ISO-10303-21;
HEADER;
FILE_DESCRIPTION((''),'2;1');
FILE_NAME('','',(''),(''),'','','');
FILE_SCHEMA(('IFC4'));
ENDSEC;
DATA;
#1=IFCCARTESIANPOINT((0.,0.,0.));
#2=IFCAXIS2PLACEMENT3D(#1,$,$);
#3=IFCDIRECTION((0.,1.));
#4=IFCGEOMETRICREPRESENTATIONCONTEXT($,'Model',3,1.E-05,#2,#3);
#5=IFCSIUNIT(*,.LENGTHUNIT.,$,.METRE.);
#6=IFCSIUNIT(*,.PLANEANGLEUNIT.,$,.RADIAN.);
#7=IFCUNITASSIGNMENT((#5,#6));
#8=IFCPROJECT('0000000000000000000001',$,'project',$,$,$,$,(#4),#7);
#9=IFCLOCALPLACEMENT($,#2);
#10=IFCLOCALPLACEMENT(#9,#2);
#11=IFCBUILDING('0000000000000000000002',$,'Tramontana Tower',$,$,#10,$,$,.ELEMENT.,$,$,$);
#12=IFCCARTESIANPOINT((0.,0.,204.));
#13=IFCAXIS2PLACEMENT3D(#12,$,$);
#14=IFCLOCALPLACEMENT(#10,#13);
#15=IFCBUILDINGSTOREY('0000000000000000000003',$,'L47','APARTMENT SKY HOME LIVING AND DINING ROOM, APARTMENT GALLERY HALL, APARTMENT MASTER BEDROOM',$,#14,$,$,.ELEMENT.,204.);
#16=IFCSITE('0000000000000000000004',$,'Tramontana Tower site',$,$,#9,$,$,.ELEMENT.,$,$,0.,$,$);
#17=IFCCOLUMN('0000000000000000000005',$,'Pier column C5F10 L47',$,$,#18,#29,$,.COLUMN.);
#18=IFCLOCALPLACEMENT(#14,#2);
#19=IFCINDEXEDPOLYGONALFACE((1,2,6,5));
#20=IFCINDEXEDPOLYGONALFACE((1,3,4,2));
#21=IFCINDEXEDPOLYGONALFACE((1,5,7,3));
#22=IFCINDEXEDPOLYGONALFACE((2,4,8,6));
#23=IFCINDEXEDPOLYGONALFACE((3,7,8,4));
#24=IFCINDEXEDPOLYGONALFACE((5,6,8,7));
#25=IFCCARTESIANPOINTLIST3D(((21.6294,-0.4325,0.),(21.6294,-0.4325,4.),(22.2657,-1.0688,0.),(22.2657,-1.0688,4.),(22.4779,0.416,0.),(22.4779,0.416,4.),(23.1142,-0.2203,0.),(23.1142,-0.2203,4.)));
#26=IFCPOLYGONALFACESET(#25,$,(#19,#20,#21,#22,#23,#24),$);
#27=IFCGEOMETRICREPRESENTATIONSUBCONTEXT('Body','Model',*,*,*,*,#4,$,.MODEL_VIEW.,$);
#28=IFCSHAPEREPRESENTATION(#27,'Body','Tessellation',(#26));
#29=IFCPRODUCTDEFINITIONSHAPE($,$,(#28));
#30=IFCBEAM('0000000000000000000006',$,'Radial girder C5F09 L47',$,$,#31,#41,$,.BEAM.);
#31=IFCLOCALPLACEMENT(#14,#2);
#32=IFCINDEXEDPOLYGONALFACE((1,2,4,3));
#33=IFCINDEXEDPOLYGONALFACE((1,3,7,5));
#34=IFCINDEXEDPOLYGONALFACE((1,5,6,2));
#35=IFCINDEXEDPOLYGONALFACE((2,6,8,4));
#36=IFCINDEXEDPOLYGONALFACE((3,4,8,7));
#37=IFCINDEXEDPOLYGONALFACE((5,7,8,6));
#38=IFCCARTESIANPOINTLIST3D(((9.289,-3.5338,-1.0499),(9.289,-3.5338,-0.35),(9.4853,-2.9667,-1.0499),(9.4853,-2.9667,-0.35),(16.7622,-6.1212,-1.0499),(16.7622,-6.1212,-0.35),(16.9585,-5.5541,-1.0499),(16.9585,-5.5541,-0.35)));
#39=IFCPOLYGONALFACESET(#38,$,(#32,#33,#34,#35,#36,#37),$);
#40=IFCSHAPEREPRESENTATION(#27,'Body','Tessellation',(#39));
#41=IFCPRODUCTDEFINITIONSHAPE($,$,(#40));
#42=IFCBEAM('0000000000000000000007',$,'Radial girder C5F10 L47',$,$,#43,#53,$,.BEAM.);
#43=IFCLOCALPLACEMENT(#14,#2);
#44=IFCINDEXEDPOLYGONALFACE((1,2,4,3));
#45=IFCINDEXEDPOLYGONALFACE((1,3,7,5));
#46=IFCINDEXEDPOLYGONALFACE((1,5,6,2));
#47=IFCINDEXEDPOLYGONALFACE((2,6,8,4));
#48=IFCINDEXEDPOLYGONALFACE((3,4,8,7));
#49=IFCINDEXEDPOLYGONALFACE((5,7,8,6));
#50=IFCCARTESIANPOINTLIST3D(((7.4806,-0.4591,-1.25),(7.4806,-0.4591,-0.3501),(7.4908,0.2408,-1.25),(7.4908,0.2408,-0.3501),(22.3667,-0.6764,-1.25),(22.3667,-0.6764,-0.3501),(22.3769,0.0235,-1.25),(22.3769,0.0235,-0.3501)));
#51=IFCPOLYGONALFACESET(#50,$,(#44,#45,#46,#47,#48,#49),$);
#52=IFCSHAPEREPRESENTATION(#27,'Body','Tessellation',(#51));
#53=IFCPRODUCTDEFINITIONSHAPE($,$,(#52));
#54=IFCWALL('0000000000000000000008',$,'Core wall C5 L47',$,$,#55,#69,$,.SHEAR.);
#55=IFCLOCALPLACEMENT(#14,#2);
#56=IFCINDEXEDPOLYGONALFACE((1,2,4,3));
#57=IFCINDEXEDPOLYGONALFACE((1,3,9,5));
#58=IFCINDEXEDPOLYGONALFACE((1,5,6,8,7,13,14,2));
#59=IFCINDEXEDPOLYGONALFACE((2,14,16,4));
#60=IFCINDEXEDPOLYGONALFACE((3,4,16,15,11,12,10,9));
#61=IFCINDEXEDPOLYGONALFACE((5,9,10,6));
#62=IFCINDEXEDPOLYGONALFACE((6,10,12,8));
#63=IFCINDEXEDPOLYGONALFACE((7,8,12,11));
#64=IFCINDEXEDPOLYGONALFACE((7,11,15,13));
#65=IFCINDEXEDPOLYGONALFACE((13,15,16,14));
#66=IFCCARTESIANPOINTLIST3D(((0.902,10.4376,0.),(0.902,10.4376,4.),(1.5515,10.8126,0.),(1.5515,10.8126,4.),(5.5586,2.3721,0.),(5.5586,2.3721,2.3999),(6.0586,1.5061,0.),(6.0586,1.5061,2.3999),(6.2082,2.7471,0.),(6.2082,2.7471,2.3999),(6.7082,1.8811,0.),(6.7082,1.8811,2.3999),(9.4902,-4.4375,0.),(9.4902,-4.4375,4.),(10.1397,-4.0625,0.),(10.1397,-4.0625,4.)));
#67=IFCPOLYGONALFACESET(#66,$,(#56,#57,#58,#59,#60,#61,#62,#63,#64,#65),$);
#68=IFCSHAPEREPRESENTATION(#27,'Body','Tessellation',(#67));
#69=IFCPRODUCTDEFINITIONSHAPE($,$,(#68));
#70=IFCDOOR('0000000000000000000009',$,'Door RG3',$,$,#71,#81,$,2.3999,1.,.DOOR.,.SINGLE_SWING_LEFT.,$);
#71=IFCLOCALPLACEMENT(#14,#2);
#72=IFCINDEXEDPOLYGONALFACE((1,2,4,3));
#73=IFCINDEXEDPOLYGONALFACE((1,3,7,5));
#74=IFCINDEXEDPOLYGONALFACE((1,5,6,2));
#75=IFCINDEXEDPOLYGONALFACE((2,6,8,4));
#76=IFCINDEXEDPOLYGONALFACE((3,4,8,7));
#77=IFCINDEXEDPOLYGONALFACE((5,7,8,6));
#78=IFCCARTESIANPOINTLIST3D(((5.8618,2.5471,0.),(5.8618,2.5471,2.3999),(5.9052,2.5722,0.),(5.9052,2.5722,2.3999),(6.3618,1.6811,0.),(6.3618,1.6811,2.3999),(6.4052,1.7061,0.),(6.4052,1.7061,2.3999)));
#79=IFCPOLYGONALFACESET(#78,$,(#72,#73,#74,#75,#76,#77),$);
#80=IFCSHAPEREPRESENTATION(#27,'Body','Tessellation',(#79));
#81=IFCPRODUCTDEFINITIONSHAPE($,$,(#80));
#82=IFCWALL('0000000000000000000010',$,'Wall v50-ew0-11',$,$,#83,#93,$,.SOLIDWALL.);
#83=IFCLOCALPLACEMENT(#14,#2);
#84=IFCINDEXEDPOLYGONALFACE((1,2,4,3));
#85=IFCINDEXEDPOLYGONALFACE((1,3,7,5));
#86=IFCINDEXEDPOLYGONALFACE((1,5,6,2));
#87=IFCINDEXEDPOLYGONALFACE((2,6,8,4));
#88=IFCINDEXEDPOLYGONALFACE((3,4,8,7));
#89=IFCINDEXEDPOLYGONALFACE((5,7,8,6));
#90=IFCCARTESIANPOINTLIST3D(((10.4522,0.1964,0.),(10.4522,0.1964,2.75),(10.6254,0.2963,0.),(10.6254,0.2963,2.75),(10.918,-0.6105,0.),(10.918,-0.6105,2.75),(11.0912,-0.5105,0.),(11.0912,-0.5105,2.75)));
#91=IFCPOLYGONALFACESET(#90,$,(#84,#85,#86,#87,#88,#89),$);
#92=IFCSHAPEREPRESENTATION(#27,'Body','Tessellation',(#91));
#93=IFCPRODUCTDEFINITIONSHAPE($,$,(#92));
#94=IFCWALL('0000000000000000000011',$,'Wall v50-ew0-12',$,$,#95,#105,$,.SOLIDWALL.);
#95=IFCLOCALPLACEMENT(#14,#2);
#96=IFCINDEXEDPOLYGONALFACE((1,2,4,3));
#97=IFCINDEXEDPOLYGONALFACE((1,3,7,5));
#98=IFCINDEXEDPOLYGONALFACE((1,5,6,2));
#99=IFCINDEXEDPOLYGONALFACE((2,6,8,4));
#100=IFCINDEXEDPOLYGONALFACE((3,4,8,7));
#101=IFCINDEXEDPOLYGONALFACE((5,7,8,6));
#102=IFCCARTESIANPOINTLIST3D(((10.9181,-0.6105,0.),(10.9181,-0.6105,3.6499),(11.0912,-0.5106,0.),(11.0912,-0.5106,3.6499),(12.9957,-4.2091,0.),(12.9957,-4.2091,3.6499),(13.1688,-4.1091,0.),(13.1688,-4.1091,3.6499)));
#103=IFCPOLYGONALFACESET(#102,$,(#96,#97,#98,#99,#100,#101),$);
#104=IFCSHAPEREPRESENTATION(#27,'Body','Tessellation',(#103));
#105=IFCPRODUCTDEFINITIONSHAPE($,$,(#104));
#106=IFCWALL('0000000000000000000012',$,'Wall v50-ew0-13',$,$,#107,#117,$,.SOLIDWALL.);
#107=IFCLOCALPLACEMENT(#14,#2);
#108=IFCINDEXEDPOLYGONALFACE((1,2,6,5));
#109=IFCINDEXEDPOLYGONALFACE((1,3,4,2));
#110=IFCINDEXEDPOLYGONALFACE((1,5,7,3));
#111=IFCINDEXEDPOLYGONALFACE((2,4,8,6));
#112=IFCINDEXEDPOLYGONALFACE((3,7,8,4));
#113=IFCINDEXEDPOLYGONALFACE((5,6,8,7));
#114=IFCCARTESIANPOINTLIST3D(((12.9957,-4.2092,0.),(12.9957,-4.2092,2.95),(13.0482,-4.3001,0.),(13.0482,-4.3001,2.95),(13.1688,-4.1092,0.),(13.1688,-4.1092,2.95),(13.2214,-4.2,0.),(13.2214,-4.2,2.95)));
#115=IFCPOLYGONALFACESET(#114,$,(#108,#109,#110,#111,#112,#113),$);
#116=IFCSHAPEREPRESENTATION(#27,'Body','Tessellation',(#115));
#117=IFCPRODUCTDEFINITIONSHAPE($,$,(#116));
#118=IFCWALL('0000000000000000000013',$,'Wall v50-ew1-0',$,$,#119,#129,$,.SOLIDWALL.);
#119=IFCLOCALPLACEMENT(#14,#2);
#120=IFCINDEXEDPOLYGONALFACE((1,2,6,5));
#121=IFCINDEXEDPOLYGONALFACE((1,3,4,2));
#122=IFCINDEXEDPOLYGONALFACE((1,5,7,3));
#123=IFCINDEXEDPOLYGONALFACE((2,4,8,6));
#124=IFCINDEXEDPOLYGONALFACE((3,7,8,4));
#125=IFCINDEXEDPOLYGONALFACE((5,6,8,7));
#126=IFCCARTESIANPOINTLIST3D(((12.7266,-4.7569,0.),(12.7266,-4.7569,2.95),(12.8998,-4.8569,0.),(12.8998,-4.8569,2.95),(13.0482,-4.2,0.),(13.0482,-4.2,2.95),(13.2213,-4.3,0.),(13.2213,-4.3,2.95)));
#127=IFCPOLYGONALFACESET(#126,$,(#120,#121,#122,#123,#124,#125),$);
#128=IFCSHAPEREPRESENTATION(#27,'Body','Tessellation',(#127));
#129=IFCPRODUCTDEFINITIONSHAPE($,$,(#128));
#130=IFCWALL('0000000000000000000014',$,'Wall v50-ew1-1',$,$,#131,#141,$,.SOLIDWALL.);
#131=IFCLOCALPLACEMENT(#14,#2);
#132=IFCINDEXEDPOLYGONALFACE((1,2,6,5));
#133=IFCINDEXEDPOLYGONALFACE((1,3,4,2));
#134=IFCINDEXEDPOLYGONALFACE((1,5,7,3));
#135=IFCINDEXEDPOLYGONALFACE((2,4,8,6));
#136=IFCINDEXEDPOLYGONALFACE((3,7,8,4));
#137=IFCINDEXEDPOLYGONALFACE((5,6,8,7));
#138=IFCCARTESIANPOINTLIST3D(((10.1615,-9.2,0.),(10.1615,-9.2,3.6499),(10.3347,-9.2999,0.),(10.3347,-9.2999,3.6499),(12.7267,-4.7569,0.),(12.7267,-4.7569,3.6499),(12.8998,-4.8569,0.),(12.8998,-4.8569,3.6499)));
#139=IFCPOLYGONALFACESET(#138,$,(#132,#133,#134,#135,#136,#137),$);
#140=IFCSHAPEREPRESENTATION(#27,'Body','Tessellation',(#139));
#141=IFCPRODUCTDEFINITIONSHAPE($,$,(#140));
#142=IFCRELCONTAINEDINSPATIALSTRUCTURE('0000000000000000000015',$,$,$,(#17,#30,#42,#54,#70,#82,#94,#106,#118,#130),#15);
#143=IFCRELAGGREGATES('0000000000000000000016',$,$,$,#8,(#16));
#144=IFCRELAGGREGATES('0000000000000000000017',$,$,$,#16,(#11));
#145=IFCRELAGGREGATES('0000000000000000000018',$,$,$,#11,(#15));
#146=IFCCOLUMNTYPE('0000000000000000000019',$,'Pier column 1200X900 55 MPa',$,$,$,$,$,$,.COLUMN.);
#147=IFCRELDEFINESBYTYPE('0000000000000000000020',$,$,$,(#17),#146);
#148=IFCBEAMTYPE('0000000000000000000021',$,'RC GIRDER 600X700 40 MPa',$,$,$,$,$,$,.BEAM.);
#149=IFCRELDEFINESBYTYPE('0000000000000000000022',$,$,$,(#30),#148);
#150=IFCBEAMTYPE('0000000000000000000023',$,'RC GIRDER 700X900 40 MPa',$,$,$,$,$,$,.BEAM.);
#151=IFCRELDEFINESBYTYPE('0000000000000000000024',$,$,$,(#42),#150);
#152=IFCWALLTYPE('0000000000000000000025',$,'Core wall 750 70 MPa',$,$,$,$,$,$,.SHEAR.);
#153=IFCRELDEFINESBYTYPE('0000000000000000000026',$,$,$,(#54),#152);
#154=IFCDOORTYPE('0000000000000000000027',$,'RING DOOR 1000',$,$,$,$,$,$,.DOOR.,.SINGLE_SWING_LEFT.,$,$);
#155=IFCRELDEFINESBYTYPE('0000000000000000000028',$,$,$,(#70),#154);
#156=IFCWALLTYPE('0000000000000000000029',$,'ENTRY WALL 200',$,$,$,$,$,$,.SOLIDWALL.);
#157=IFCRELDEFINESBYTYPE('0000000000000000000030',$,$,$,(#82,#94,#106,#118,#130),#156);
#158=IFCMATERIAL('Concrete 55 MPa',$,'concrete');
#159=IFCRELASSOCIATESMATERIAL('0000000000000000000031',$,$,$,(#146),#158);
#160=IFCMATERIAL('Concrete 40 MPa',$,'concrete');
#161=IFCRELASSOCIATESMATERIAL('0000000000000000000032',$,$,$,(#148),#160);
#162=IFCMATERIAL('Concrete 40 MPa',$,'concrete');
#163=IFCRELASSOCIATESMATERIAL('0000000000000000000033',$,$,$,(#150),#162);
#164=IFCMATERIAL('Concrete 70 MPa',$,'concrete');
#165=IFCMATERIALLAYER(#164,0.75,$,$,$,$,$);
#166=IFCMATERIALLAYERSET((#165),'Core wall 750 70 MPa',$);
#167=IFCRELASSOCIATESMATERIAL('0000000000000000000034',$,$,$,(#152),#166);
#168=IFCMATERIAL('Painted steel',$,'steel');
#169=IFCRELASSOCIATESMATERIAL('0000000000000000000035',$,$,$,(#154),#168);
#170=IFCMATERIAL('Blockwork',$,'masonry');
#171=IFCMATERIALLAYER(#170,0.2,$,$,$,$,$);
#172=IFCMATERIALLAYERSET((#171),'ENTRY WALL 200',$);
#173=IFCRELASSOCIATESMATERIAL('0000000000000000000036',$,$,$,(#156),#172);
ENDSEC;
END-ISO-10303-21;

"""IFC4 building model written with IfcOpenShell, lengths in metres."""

from ifc_helpers import new_model, si_unit, direction, frame, frame_2d, origin, origin_2d, place, context, subcontext, project, spatial, rectangle, extrude, material, layer, layer_set, material_profile, profile_set, type_object, element, fill, save


model = new_model("IFC4")

# Units and contexts
model_context = context("Model", 3, precision=1e-05, world=origin(), true_north=direction((0.0, 1.0)))
body_context = subcontext(model_context, "Body", "Model", "MODEL_VIEW")
ifc_project = project(units=[si_unit("LENGTHUNIT", "METRE"), si_unit("PLANEANGLEUNIT", "RADIAN")], contexts=[model_context])

# Site, building, storey
site_placement = place(None, origin())
site = spatial("IfcSite", under=ifc_project, at=site_placement, Name="Tramontana Tower site", CompositionType="ELEMENT", RefElevation=0.0)
building_placement = place(site_placement, origin())
building = spatial("IfcBuilding", under=site, at=building_placement, Name="Tramontana Tower", CompositionType="ELEMENT")
storey_placement = place(building_placement, frame((0.0, 0.0, 204.0)))
storey = spatial("IfcBuildingStorey", under=building, at=storey_placement, Name="L47", Description="APARTMENT SKY HOME LIVING AND DINING ROOM, APARTMENT GALLERY HALL, APARTMENT MASTER BEDROOM", CompositionType="ELEMENT", Elevation=204.0)

# Column
ifc_material_1 = material(Name="Concrete 55 MPa", Category="concrete")
ifc_material_profile_1 = material_profile(ifc_material_1, rectangle(XDim=1.2, YDim=0.8999, at=origin_2d()), Name="Pier column 1200X900 55 MPa")
ifc_profile_set_1 = profile_set([ifc_material_profile_1], Name="Concrete 55 MPa")
column_type = type_object("IfcColumnType", Name="Pier column 1200X900 55 MPa", PredefinedType="COLUMN", material=ifc_profile_set_1)
column_placement = place(storey_placement, frame((22.3718, -0.3264, 0.0), z_axis=(0.0, 0.0, 1.0), x_axis=(0.707107, 0.707107, 0.0)))
element("IfcColumn", 1, at=column_placement, inside=storey, type_object=column_type, Name="Pier column C5F10 L47", PredefinedType="COLUMN", context=body_context, shape_type="SweptSolid", body=[
    extrude(rectangle(XDim=1.2, YDim=0.8999, at=origin_2d()), origin(), (0.0, 0.0, 1.0), 4.0),
])

# Beams
ifc_material_2 = material(Name="Concrete 40 MPa", Category="concrete")
ifc_material_profile_2 = material_profile(ifc_material_2, rectangle(XDim=0.6001, YDim=0.7, at=origin_2d()), Name="RC GIRDER 600X700 40 MPa")
ifc_profile_set_2 = profile_set([ifc_material_profile_2], Name="Concrete 40 MPa")
beam_type_1 = type_object("IfcBeamType", Name="RC GIRDER 600X700 40 MPa", PredefinedType="BEAM", material=ifc_profile_set_2)
beam_1_placement = place(storey_placement, frame((16.8604, -5.8376, -0.7), z_axis=(-0.944965, 0.327172, 0.0), x_axis=(-0.327172, -0.944965, 0.0)))
element("IfcBeam", 2, at=beam_1_placement, inside=storey, type_object=beam_type_1, Name="Radial girder C5F09 L47", PredefinedType="BEAM", context=body_context, shape_type="SweptSolid", body=[
    extrude(rectangle(XDim=0.6001, YDim=0.7, at=origin_2d()), origin(), (0.0, 0.0, 1.0), 7.9084),
])
ifc_material_3 = material(Name="Concrete 40 MPa", Category="concrete")
ifc_material_profile_3 = material_profile(ifc_material_3, rectangle(XDim=0.7, YDim=0.8999, at=origin_2d()), Name="RC GIRDER 700X900 40 MPa")
ifc_profile_set_3 = profile_set([ifc_material_profile_3], Name="Concrete 40 MPa")
beam_type_2 = type_object("IfcBeamType", Name="RC GIRDER 700X900 40 MPa", PredefinedType="BEAM", material=ifc_profile_set_3)
beam_2_placement = place(storey_placement, frame((22.3718, -0.3264, -0.8), z_axis=(-0.999893, 0.014595, 0.0), x_axis=(-0.014595, -0.999893, 0.0)))
element("IfcBeam", 3, at=beam_2_placement, inside=storey, type_object=beam_type_2, Name="Radial girder C5F10 L47", PredefinedType="BEAM", context=body_context, shape_type="SweptSolid", body=[
    extrude(rectangle(XDim=0.7, YDim=0.8999, at=origin_2d()), origin(), (0.0, 0.0, 1.0), 14.8877),
])

# Wall, opening, door
ifc_material_4 = material(Name="Concrete 70 MPa", Category="concrete")
ifc_layer_1 = layer(ifc_material_4, 0.75)
ifc_layer_set_1 = layer_set([ifc_layer_1], Name="Core wall 750 70 MPa")
wall_type_1 = type_object("IfcWallType", Name="Core wall 750 70 MPa", PredefinedType="SHEAR", material=ifc_layer_set_1)
wall_1_placement = place(storey_placement, frame((9.8149, -4.25, 0.0), z_axis=(0.0, 0.0, 1.0), x_axis=(-0.500002, 0.866024, 0.0)))
wall_1 = element("IfcWall", 4, at=wall_1_placement, inside=storey, type_object=wall_type_1, Name="Core wall C5 L47", PredefinedType="SHEAR", context=body_context, shape_type="SweptSolid", body=[
    extrude(rectangle(XDim=17.1763, YDim=0.75, at=frame_2d((8.5881, 0.0))), origin(), (0.0, 0.0, 1.0), 4.0),
])
opening_1_placement = place(wall_1_placement, frame((6.863, 0.0, 0.0)))
opening_1 = element("IfcOpeningElement", 5, at=opening_1_placement, cuts=wall_1, PredefinedType="OPENING", context=body_context, shape_type="SweptSolid", body=[
    extrude(rectangle(XDim=1.0, YDim=2.3999, at=frame_2d((0.5, 1.2))), frame((0.0, 0.385, 0.0), z_axis=(0.0, -1.0, 0.0), x_axis=(1.0, 0.0, 0.0)), (0.0, 0.0, 1.0), 0.77),
])
ifc_material_5 = material(Name="Painted steel", Category="steel")
door_type_1 = type_object("IfcDoorType", Name="RING DOOR 1000", OperationType="SINGLE_SWING_LEFT", PredefinedType="DOOR", material=ifc_material_5)
door_1_placement = place(opening_1_placement, origin())
door_1 = element("IfcDoor", 6, at=door_1_placement, inside=storey, type_object=door_type_1, Name="Door RG3", OperationType="SINGLE_SWING_LEFT", OverallHeight=2.3999, OverallWidth=1.0, PredefinedType="DOOR", context=body_context, shape_type="SweptSolid", body=[
    extrude(rectangle(XDim=1.0, YDim=2.3999, at=frame_2d((0.5, 1.2))), frame((0.0, 0.0249, 0.0), z_axis=(0.0, -1.0, 0.0), x_axis=(1.0, 0.0, 0.0)), (0.0, 0.0, 1.0), 0.05),
])
fill(opening_1, door_1)

# Walls
ifc_material_6 = material(Name="Blockwork", Category="masonry")
ifc_layer_2 = layer(ifc_material_6, 0.2)
ifc_layer_set_2 = layer_set([ifc_layer_2], Name="ENTRY WALL 200")
wall_type_2 = type_object("IfcWallType", Name="ENTRY WALL 200", PredefinedType="SOLIDWALL", material=ifc_layer_set_2)
wall_2_placement = place(storey_placement, frame((10.5388, 0.2463, 0.0), z_axis=(0.0, 0.0, 1.0), x_axis=(0.499972, -0.866042, 0.0)))
element("IfcWall", 7, at=wall_2_placement, inside=storey, type_object=wall_type_2, Name="Wall v50-ew0-11", PredefinedType="SOLIDWALL", context=body_context, shape_type="SweptSolid", body=[
    extrude(rectangle(XDim=0.9316, YDim=0.2, at=frame_2d((0.4658, 0.0))), origin(), (0.0, 0.0, 1.0), 2.75),
])
wall_3_placement = place(storey_placement, frame((11.0046, -0.5605, 0.0), z_axis=(0.0, 0.0, 1.0), x_axis=(0.499994, -0.866029, 0.0)))
element("IfcWall", 8, at=wall_3_placement, inside=storey, type_object=wall_type_2, Name="Wall v50-ew0-12", PredefinedType="SOLIDWALL", context=body_context, shape_type="SweptSolid", body=[
    extrude(rectangle(XDim=4.1553, YDim=0.2, at=frame_2d((2.0776, 0.0))), origin(), (0.0, 0.0, 1.0), 3.6499),
])
wall_4_placement = place(storey_placement, frame((13.0823, -4.1592, 0.0), z_axis=(0.0, 0.0, 1.0), x_axis=(0.500394, -0.865798, 0.0)))
element("IfcWall", 9, at=wall_4_placement, inside=storey, type_object=wall_type_2, Name="Wall v50-ew0-13", PredefinedType="SOLIDWALL", context=body_context, shape_type="SweptSolid", body=[
    extrude(rectangle(XDim=0.105, YDim=0.2, at=frame_2d((0.0525, 0.0))), origin(), (0.0, 0.0, 1.0), 2.95),
])
wall_5_placement = place(storey_placement, frame((13.1348, -4.25, 0.0), z_axis=(0.0, 0.0, 1.0), x_axis=(-0.500018, -0.866015, 0.0)))
element("IfcWall", 10, at=wall_5_placement, inside=storey, type_object=wall_type_2, Name="Wall v50-ew1-0", PredefinedType="SOLIDWALL", context=body_context, shape_type="SweptSolid", body=[
    extrude(rectangle(XDim=0.6431, YDim=0.2, at=frame_2d((0.3215, 0.0))), origin(), (0.0, 0.0, 1.0), 2.95),
])
wall_6_placement = place(storey_placement, frame((12.8132, -4.8069, 0.0), z_axis=(0.0, 0.0, 1.0), x_axis=(-0.499993, -0.866029, 0.0)))
element("IfcWall", 11, at=wall_6_placement, inside=storey, type_object=wall_type_2, Name="Wall v50-ew1-1", PredefinedType="SOLIDWALL", context=body_context, shape_type="SweptSolid", body=[
    extrude(rectangle(XDim=5.1304, YDim=0.2, at=frame_2d((2.5652, 0.0))), origin(), (0.0, 0.0, 1.0), 3.6499),
])

save(model, "model.ifc")
